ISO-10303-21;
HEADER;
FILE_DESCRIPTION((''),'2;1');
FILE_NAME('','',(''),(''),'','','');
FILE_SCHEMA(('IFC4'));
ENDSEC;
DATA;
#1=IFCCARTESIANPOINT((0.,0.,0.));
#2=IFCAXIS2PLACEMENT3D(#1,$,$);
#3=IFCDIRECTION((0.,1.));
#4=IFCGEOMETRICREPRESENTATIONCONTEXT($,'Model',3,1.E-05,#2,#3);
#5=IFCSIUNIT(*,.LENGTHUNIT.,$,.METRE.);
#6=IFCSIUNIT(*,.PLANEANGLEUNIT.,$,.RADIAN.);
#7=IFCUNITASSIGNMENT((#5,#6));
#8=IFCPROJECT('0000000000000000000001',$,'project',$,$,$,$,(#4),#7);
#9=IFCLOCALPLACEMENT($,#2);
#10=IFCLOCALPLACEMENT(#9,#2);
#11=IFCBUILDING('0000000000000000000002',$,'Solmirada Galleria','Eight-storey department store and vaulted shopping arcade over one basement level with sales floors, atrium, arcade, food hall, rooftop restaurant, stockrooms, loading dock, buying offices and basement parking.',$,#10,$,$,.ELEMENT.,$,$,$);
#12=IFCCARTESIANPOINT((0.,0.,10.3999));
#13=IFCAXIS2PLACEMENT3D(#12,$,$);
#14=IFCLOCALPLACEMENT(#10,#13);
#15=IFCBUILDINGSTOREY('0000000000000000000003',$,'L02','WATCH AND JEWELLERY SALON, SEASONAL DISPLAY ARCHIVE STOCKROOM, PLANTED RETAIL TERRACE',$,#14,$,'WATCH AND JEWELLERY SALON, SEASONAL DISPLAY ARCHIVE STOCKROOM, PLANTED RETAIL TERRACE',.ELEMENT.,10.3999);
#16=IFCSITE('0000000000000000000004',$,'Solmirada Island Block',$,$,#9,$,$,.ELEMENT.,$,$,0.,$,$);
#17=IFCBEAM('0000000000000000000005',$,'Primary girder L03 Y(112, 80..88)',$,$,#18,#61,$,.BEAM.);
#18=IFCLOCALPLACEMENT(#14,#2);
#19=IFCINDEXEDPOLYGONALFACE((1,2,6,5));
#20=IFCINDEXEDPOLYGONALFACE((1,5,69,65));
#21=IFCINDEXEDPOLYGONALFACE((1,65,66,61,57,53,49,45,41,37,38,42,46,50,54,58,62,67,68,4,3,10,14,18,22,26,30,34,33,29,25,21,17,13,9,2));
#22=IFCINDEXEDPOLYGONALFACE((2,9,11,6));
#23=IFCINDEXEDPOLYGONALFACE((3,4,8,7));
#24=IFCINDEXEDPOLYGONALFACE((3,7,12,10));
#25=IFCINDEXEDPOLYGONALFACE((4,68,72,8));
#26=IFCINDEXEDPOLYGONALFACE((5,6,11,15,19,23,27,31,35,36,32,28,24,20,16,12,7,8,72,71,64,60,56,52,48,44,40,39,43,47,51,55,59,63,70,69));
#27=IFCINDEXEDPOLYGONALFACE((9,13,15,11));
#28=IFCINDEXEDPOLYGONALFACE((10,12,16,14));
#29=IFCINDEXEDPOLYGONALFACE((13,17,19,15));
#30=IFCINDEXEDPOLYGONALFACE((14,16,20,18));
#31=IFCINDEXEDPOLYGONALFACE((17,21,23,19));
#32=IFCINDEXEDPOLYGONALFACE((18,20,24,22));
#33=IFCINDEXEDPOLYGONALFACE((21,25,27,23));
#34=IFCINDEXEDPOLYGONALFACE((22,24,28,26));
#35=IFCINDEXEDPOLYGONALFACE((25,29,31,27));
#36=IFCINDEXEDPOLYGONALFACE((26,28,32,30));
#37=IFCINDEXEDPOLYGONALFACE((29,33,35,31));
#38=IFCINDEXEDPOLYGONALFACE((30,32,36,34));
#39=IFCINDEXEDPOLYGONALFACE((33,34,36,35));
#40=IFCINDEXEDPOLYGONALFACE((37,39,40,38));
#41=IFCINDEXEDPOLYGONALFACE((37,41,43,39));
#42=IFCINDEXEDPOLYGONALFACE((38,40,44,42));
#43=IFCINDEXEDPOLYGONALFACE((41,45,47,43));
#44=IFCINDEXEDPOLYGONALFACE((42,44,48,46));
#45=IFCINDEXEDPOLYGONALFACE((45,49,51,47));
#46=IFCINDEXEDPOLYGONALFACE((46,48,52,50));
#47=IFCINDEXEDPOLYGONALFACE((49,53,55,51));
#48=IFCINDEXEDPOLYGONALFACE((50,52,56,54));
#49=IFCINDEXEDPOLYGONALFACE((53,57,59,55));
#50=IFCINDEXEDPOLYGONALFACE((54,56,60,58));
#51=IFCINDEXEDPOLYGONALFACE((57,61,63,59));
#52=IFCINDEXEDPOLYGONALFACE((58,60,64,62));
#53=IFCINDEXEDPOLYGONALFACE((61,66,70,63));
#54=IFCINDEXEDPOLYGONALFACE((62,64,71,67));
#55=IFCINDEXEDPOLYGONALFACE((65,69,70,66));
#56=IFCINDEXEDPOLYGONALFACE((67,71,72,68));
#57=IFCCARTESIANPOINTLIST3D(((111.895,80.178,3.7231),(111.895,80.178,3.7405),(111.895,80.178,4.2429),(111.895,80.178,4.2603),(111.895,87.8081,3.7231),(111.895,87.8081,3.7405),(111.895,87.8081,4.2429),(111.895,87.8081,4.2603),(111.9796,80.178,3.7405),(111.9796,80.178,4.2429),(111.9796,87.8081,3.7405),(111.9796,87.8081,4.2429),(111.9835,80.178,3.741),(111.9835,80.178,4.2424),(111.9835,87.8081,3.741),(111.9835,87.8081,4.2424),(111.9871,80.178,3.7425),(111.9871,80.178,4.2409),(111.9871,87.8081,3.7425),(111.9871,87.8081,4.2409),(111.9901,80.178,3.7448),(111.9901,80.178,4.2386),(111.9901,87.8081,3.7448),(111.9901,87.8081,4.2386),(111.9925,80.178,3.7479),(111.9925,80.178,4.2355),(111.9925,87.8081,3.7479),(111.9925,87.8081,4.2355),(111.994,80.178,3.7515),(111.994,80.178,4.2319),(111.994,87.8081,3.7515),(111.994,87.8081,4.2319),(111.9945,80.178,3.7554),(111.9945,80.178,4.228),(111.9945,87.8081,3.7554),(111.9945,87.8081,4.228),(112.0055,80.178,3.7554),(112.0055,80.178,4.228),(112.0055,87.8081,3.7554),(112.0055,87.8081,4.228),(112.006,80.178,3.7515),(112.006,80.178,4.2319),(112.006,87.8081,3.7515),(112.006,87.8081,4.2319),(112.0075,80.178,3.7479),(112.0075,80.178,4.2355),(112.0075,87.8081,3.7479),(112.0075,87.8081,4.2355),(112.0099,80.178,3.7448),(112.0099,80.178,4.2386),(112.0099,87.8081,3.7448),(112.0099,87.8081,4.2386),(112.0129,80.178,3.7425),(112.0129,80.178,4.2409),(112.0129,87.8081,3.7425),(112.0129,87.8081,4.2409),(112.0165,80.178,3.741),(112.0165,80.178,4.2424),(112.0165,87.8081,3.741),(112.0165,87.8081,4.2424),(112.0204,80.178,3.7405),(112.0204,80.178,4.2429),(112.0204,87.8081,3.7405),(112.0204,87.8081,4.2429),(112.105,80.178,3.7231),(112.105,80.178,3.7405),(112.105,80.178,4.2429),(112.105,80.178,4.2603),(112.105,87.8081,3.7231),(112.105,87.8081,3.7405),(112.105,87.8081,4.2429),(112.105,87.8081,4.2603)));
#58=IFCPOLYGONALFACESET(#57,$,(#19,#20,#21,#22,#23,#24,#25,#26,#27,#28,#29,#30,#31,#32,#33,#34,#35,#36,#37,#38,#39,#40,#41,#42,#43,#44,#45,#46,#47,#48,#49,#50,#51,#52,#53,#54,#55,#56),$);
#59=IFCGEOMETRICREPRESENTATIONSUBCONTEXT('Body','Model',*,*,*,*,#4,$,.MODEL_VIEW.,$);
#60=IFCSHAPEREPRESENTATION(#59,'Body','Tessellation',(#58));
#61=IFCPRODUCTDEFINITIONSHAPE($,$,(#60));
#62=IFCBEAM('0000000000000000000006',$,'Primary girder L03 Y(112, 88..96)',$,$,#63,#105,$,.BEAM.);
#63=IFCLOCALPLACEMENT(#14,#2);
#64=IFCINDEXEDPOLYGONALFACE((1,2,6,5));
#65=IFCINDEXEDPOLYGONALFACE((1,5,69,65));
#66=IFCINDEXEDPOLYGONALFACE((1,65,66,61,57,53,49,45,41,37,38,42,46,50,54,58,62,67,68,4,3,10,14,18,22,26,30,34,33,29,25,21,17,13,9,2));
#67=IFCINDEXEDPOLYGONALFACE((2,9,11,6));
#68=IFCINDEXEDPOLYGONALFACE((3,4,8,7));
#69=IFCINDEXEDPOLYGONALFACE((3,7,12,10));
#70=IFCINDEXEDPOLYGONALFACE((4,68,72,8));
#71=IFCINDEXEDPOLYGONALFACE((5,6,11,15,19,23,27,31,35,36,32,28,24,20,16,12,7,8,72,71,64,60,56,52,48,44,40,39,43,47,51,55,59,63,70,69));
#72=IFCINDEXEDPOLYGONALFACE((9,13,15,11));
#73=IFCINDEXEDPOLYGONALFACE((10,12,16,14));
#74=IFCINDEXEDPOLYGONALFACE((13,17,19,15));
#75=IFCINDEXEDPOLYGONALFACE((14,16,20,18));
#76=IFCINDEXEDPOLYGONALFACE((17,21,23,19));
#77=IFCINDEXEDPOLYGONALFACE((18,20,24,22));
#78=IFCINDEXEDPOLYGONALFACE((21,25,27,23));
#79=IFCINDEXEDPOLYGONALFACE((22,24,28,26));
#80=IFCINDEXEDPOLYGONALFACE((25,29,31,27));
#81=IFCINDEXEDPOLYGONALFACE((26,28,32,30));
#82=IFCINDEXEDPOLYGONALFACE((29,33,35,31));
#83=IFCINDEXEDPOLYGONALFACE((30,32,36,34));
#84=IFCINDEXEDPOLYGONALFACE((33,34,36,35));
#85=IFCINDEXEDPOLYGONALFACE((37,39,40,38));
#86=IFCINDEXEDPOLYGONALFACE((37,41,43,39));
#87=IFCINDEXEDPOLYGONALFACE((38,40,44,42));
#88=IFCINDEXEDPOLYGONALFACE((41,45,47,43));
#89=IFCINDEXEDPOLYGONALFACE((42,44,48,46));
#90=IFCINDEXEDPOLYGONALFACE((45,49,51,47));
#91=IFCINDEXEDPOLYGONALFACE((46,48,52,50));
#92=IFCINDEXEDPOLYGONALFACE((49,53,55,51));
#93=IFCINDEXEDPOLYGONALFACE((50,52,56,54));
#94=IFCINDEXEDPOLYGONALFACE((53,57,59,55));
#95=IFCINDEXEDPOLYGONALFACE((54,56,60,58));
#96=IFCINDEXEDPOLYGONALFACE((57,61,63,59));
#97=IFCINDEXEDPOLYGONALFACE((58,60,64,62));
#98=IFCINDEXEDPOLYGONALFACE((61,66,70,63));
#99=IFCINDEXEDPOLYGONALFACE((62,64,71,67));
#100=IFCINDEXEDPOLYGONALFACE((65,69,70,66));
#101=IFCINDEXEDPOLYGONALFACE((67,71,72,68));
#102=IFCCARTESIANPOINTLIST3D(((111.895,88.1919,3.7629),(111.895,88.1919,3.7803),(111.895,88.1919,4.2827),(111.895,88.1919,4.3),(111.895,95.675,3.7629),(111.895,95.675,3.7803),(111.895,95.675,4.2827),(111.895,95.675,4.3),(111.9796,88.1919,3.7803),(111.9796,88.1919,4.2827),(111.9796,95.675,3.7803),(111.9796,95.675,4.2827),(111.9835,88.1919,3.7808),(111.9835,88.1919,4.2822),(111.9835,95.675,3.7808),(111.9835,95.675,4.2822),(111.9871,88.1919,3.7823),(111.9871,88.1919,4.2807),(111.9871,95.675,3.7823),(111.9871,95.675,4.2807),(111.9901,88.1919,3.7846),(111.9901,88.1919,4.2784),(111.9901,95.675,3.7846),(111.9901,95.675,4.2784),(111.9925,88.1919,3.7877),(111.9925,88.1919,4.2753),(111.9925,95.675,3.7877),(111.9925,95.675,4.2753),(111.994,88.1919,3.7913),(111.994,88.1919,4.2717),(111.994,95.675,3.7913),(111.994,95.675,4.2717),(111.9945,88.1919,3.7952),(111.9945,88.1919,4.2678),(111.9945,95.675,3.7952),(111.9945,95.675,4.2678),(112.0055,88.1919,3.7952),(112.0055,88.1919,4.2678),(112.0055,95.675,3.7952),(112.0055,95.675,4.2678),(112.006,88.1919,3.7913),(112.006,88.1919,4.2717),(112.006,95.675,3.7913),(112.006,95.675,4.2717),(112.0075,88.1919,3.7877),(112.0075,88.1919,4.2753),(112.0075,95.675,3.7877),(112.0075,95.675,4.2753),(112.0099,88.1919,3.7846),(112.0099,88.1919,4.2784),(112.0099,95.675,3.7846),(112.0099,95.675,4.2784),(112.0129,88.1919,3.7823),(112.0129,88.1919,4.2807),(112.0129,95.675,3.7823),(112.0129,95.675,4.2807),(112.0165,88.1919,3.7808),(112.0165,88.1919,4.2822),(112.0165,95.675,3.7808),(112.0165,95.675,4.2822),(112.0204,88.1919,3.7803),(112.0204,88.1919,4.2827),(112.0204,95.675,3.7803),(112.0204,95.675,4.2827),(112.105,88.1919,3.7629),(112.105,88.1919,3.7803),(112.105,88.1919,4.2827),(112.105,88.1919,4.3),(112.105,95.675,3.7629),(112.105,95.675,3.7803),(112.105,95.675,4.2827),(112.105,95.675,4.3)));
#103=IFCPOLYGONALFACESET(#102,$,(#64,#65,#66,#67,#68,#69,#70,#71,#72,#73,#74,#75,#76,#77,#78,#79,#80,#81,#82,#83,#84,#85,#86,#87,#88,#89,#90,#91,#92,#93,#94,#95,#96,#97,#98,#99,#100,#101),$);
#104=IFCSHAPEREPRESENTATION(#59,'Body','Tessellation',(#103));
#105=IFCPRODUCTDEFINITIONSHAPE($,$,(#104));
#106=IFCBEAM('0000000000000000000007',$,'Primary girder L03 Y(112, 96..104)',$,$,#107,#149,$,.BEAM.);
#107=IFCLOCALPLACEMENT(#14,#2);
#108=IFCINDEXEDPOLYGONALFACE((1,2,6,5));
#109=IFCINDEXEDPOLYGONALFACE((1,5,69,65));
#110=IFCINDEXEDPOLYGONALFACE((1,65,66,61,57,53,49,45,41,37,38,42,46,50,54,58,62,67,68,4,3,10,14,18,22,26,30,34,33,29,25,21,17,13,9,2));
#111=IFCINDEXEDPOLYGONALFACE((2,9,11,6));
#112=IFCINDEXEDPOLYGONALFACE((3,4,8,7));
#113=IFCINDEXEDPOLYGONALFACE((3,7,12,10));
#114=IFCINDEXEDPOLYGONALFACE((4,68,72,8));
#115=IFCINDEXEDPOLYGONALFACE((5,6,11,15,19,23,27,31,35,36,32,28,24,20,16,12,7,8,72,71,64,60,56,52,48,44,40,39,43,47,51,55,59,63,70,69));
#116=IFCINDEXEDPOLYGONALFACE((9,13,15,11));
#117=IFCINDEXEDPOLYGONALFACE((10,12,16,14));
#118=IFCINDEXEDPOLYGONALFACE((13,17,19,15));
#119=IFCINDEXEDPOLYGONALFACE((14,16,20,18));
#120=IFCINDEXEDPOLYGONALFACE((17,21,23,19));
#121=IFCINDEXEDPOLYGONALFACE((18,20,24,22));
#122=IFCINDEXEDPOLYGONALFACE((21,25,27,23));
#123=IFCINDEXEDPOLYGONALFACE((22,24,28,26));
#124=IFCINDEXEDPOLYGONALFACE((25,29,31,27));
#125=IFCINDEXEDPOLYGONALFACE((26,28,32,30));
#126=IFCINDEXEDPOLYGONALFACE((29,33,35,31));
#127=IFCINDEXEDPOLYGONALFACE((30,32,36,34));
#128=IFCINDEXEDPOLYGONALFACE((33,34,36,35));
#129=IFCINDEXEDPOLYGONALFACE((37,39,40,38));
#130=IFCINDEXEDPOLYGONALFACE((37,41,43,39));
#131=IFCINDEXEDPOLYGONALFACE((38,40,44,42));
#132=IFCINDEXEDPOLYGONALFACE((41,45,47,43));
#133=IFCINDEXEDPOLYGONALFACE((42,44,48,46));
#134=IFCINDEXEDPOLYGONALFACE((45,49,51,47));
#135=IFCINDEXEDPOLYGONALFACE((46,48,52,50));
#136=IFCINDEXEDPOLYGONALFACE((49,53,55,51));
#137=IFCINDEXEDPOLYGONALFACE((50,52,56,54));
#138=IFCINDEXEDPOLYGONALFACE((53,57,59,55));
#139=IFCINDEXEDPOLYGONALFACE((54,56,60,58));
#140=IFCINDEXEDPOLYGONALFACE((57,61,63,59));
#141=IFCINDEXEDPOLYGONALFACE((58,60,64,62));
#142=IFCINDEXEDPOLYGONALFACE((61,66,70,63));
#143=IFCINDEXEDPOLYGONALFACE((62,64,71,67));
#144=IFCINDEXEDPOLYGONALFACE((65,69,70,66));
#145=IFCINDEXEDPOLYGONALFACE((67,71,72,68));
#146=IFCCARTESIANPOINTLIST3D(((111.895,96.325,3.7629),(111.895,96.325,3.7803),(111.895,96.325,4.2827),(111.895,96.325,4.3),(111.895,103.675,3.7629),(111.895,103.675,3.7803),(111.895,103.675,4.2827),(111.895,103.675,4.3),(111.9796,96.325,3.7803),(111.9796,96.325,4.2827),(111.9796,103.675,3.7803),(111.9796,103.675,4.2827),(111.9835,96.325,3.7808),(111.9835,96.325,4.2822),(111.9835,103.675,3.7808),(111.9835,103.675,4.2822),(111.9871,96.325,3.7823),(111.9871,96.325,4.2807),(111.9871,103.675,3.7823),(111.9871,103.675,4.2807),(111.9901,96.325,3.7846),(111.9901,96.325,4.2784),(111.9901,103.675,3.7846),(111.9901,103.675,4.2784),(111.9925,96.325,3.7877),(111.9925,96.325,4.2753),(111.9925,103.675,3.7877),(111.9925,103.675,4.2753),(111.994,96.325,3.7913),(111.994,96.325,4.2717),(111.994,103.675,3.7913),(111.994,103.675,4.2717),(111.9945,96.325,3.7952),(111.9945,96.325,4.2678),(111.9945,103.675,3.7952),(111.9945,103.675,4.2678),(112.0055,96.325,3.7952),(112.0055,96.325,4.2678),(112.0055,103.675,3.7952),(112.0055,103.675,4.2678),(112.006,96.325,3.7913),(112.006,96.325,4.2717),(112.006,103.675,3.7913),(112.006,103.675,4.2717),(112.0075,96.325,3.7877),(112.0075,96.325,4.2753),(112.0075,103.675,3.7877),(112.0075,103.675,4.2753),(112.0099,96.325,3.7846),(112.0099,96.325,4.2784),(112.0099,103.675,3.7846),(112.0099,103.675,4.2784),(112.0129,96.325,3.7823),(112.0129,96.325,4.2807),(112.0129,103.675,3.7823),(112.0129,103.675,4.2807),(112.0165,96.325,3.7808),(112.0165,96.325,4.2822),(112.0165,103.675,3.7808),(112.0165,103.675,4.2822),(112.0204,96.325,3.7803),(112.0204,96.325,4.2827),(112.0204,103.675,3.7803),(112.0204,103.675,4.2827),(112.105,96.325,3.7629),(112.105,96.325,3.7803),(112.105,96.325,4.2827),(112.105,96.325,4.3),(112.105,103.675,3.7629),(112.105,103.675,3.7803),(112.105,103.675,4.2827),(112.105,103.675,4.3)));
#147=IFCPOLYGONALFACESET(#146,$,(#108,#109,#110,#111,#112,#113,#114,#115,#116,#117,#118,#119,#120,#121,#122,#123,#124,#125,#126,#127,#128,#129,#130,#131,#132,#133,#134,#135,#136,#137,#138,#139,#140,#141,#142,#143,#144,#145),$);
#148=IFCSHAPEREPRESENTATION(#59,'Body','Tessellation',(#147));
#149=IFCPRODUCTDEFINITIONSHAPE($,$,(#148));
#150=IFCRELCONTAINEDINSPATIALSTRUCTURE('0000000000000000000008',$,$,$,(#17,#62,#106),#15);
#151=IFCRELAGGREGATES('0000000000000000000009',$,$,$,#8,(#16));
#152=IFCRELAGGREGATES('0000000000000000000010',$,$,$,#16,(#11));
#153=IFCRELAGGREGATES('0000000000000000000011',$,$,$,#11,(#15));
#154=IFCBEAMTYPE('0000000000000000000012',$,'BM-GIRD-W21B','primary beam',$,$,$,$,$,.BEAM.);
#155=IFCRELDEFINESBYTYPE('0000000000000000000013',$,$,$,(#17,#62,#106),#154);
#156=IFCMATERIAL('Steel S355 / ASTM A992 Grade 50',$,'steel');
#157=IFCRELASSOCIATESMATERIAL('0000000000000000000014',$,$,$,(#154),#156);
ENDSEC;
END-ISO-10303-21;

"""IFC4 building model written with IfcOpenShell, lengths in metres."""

from ifc_helpers import new_model, si_unit, direction, frame, origin, origin_2d, place, context, subcontext, project, spatial, i_section, extrude, material, material_profile, profile_set, type_object, element, save


model = new_model("IFC4")

# Units and contexts
model_context = context("Model", 3, precision=1e-05, world=origin(), true_north=direction((0.0, 1.0)))
body_context = subcontext(model_context, "Body", "Model", "MODEL_VIEW")
ifc_project = project(units=[si_unit("LENGTHUNIT", "METRE"), si_unit("PLANEANGLEUNIT", "RADIAN")], contexts=[model_context])

# Site, building, storey
site_placement = place(None, origin())
site = spatial("IfcSite", under=ifc_project, at=site_placement, Name="Solmirada Island Block", CompositionType="ELEMENT", RefElevation=0.0)
building_placement = place(site_placement, origin())
building = spatial("IfcBuilding", under=site, at=building_placement, Name="Solmirada Galleria", Description="Eight-storey department store and vaulted shopping arcade over one basement level with sales floors, atrium, arcade, food hall, rooftop restaurant, stockrooms, loading dock, buying offices and basement parking.", CompositionType="ELEMENT")
storey_placement = place(building_placement, frame((0.0, 0.0, 10.3999)))
storey = spatial("IfcBuildingStorey", under=building, at=storey_placement, Name="L02", Description="WATCH AND JEWELLERY SALON, SEASONAL DISPLAY ARCHIVE STOCKROOM, PLANTED RETAIL TERRACE", LongName="WATCH AND JEWELLERY SALON, SEASONAL DISPLAY ARCHIVE STOCKROOM, PLANTED RETAIL TERRACE", CompositionType="ELEMENT", Elevation=10.3999)

# Beams
ifc_material_1 = material(Name="Steel S355 / ASTM A992 Grade 50", Category="steel")
ifc_material_profile_1 = material_profile(ifc_material_1, i_section(OverallWidth=0.21, OverallDepth=0.5371, WebThickness=0.011, FlangeThickness=0.0173, FilletRadius=0.0149, at=origin_2d()), Name="W21X68")
ifc_profile_set_1 = profile_set([ifc_material_profile_1], Name="Steel S355 / ASTM A992 Grade 50")
beam_type = type_object("IfcBeamType", Name="BM-GIRD-W21B", Description="primary beam", PredefinedType="BEAM", material=ifc_profile_set_1)
beam_1_placement = place(storey_placement, frame((112.0, 80.178, 3.9917), z_axis=(0.0, 1.0, 0.0), x_axis=(-1.0, 0.0, 0.0)))
element("IfcBeam", 1, at=beam_1_placement, inside=storey, type_object=beam_type, Name="Primary girder L03 Y(112, 80..88)", PredefinedType="BEAM", context=body_context, shape_type="SweptSolid", body=[
    extrude(i_section(OverallWidth=0.21, OverallDepth=0.5371, WebThickness=0.011, FlangeThickness=0.0173, FilletRadius=0.0149, at=origin_2d()), origin(), (0.0, 0.0, 1.0), 7.6301),
])
beam_2_placement = place(storey_placement, frame((112.0, 88.1919, 4.0315), z_axis=(0.0, 1.0, 0.0), x_axis=(-1.0, 0.0, 0.0)))
element("IfcBeam", 2, at=beam_2_placement, inside=storey, type_object=beam_type, Name="Primary girder L03 Y(112, 88..96)", PredefinedType="BEAM", context=body_context, shape_type="SweptSolid", body=[
    extrude(i_section(OverallWidth=0.21, OverallDepth=0.5371, WebThickness=0.011, FlangeThickness=0.0173, FilletRadius=0.0149, at=origin_2d()), origin(), (0.0, 0.0, 1.0), 7.4832),
])
beam_3_placement = place(storey_placement, frame((112.0, 96.325, 4.0315), z_axis=(0.0, 1.0, 0.0), x_axis=(-1.0, 0.0, 0.0)))
element("IfcBeam", 3, at=beam_3_placement, inside=storey, type_object=beam_type, Name="Primary girder L03 Y(112, 96..104)", PredefinedType="BEAM", context=body_context, shape_type="SweptSolid", body=[
    extrude(i_section(OverallWidth=0.21, OverallDepth=0.5371, WebThickness=0.011, FlangeThickness=0.0173, FilletRadius=0.0149, at=origin_2d()), origin(), (0.0, 0.0, 1.0), 7.3501),
])

save(model, "model.ifc")
